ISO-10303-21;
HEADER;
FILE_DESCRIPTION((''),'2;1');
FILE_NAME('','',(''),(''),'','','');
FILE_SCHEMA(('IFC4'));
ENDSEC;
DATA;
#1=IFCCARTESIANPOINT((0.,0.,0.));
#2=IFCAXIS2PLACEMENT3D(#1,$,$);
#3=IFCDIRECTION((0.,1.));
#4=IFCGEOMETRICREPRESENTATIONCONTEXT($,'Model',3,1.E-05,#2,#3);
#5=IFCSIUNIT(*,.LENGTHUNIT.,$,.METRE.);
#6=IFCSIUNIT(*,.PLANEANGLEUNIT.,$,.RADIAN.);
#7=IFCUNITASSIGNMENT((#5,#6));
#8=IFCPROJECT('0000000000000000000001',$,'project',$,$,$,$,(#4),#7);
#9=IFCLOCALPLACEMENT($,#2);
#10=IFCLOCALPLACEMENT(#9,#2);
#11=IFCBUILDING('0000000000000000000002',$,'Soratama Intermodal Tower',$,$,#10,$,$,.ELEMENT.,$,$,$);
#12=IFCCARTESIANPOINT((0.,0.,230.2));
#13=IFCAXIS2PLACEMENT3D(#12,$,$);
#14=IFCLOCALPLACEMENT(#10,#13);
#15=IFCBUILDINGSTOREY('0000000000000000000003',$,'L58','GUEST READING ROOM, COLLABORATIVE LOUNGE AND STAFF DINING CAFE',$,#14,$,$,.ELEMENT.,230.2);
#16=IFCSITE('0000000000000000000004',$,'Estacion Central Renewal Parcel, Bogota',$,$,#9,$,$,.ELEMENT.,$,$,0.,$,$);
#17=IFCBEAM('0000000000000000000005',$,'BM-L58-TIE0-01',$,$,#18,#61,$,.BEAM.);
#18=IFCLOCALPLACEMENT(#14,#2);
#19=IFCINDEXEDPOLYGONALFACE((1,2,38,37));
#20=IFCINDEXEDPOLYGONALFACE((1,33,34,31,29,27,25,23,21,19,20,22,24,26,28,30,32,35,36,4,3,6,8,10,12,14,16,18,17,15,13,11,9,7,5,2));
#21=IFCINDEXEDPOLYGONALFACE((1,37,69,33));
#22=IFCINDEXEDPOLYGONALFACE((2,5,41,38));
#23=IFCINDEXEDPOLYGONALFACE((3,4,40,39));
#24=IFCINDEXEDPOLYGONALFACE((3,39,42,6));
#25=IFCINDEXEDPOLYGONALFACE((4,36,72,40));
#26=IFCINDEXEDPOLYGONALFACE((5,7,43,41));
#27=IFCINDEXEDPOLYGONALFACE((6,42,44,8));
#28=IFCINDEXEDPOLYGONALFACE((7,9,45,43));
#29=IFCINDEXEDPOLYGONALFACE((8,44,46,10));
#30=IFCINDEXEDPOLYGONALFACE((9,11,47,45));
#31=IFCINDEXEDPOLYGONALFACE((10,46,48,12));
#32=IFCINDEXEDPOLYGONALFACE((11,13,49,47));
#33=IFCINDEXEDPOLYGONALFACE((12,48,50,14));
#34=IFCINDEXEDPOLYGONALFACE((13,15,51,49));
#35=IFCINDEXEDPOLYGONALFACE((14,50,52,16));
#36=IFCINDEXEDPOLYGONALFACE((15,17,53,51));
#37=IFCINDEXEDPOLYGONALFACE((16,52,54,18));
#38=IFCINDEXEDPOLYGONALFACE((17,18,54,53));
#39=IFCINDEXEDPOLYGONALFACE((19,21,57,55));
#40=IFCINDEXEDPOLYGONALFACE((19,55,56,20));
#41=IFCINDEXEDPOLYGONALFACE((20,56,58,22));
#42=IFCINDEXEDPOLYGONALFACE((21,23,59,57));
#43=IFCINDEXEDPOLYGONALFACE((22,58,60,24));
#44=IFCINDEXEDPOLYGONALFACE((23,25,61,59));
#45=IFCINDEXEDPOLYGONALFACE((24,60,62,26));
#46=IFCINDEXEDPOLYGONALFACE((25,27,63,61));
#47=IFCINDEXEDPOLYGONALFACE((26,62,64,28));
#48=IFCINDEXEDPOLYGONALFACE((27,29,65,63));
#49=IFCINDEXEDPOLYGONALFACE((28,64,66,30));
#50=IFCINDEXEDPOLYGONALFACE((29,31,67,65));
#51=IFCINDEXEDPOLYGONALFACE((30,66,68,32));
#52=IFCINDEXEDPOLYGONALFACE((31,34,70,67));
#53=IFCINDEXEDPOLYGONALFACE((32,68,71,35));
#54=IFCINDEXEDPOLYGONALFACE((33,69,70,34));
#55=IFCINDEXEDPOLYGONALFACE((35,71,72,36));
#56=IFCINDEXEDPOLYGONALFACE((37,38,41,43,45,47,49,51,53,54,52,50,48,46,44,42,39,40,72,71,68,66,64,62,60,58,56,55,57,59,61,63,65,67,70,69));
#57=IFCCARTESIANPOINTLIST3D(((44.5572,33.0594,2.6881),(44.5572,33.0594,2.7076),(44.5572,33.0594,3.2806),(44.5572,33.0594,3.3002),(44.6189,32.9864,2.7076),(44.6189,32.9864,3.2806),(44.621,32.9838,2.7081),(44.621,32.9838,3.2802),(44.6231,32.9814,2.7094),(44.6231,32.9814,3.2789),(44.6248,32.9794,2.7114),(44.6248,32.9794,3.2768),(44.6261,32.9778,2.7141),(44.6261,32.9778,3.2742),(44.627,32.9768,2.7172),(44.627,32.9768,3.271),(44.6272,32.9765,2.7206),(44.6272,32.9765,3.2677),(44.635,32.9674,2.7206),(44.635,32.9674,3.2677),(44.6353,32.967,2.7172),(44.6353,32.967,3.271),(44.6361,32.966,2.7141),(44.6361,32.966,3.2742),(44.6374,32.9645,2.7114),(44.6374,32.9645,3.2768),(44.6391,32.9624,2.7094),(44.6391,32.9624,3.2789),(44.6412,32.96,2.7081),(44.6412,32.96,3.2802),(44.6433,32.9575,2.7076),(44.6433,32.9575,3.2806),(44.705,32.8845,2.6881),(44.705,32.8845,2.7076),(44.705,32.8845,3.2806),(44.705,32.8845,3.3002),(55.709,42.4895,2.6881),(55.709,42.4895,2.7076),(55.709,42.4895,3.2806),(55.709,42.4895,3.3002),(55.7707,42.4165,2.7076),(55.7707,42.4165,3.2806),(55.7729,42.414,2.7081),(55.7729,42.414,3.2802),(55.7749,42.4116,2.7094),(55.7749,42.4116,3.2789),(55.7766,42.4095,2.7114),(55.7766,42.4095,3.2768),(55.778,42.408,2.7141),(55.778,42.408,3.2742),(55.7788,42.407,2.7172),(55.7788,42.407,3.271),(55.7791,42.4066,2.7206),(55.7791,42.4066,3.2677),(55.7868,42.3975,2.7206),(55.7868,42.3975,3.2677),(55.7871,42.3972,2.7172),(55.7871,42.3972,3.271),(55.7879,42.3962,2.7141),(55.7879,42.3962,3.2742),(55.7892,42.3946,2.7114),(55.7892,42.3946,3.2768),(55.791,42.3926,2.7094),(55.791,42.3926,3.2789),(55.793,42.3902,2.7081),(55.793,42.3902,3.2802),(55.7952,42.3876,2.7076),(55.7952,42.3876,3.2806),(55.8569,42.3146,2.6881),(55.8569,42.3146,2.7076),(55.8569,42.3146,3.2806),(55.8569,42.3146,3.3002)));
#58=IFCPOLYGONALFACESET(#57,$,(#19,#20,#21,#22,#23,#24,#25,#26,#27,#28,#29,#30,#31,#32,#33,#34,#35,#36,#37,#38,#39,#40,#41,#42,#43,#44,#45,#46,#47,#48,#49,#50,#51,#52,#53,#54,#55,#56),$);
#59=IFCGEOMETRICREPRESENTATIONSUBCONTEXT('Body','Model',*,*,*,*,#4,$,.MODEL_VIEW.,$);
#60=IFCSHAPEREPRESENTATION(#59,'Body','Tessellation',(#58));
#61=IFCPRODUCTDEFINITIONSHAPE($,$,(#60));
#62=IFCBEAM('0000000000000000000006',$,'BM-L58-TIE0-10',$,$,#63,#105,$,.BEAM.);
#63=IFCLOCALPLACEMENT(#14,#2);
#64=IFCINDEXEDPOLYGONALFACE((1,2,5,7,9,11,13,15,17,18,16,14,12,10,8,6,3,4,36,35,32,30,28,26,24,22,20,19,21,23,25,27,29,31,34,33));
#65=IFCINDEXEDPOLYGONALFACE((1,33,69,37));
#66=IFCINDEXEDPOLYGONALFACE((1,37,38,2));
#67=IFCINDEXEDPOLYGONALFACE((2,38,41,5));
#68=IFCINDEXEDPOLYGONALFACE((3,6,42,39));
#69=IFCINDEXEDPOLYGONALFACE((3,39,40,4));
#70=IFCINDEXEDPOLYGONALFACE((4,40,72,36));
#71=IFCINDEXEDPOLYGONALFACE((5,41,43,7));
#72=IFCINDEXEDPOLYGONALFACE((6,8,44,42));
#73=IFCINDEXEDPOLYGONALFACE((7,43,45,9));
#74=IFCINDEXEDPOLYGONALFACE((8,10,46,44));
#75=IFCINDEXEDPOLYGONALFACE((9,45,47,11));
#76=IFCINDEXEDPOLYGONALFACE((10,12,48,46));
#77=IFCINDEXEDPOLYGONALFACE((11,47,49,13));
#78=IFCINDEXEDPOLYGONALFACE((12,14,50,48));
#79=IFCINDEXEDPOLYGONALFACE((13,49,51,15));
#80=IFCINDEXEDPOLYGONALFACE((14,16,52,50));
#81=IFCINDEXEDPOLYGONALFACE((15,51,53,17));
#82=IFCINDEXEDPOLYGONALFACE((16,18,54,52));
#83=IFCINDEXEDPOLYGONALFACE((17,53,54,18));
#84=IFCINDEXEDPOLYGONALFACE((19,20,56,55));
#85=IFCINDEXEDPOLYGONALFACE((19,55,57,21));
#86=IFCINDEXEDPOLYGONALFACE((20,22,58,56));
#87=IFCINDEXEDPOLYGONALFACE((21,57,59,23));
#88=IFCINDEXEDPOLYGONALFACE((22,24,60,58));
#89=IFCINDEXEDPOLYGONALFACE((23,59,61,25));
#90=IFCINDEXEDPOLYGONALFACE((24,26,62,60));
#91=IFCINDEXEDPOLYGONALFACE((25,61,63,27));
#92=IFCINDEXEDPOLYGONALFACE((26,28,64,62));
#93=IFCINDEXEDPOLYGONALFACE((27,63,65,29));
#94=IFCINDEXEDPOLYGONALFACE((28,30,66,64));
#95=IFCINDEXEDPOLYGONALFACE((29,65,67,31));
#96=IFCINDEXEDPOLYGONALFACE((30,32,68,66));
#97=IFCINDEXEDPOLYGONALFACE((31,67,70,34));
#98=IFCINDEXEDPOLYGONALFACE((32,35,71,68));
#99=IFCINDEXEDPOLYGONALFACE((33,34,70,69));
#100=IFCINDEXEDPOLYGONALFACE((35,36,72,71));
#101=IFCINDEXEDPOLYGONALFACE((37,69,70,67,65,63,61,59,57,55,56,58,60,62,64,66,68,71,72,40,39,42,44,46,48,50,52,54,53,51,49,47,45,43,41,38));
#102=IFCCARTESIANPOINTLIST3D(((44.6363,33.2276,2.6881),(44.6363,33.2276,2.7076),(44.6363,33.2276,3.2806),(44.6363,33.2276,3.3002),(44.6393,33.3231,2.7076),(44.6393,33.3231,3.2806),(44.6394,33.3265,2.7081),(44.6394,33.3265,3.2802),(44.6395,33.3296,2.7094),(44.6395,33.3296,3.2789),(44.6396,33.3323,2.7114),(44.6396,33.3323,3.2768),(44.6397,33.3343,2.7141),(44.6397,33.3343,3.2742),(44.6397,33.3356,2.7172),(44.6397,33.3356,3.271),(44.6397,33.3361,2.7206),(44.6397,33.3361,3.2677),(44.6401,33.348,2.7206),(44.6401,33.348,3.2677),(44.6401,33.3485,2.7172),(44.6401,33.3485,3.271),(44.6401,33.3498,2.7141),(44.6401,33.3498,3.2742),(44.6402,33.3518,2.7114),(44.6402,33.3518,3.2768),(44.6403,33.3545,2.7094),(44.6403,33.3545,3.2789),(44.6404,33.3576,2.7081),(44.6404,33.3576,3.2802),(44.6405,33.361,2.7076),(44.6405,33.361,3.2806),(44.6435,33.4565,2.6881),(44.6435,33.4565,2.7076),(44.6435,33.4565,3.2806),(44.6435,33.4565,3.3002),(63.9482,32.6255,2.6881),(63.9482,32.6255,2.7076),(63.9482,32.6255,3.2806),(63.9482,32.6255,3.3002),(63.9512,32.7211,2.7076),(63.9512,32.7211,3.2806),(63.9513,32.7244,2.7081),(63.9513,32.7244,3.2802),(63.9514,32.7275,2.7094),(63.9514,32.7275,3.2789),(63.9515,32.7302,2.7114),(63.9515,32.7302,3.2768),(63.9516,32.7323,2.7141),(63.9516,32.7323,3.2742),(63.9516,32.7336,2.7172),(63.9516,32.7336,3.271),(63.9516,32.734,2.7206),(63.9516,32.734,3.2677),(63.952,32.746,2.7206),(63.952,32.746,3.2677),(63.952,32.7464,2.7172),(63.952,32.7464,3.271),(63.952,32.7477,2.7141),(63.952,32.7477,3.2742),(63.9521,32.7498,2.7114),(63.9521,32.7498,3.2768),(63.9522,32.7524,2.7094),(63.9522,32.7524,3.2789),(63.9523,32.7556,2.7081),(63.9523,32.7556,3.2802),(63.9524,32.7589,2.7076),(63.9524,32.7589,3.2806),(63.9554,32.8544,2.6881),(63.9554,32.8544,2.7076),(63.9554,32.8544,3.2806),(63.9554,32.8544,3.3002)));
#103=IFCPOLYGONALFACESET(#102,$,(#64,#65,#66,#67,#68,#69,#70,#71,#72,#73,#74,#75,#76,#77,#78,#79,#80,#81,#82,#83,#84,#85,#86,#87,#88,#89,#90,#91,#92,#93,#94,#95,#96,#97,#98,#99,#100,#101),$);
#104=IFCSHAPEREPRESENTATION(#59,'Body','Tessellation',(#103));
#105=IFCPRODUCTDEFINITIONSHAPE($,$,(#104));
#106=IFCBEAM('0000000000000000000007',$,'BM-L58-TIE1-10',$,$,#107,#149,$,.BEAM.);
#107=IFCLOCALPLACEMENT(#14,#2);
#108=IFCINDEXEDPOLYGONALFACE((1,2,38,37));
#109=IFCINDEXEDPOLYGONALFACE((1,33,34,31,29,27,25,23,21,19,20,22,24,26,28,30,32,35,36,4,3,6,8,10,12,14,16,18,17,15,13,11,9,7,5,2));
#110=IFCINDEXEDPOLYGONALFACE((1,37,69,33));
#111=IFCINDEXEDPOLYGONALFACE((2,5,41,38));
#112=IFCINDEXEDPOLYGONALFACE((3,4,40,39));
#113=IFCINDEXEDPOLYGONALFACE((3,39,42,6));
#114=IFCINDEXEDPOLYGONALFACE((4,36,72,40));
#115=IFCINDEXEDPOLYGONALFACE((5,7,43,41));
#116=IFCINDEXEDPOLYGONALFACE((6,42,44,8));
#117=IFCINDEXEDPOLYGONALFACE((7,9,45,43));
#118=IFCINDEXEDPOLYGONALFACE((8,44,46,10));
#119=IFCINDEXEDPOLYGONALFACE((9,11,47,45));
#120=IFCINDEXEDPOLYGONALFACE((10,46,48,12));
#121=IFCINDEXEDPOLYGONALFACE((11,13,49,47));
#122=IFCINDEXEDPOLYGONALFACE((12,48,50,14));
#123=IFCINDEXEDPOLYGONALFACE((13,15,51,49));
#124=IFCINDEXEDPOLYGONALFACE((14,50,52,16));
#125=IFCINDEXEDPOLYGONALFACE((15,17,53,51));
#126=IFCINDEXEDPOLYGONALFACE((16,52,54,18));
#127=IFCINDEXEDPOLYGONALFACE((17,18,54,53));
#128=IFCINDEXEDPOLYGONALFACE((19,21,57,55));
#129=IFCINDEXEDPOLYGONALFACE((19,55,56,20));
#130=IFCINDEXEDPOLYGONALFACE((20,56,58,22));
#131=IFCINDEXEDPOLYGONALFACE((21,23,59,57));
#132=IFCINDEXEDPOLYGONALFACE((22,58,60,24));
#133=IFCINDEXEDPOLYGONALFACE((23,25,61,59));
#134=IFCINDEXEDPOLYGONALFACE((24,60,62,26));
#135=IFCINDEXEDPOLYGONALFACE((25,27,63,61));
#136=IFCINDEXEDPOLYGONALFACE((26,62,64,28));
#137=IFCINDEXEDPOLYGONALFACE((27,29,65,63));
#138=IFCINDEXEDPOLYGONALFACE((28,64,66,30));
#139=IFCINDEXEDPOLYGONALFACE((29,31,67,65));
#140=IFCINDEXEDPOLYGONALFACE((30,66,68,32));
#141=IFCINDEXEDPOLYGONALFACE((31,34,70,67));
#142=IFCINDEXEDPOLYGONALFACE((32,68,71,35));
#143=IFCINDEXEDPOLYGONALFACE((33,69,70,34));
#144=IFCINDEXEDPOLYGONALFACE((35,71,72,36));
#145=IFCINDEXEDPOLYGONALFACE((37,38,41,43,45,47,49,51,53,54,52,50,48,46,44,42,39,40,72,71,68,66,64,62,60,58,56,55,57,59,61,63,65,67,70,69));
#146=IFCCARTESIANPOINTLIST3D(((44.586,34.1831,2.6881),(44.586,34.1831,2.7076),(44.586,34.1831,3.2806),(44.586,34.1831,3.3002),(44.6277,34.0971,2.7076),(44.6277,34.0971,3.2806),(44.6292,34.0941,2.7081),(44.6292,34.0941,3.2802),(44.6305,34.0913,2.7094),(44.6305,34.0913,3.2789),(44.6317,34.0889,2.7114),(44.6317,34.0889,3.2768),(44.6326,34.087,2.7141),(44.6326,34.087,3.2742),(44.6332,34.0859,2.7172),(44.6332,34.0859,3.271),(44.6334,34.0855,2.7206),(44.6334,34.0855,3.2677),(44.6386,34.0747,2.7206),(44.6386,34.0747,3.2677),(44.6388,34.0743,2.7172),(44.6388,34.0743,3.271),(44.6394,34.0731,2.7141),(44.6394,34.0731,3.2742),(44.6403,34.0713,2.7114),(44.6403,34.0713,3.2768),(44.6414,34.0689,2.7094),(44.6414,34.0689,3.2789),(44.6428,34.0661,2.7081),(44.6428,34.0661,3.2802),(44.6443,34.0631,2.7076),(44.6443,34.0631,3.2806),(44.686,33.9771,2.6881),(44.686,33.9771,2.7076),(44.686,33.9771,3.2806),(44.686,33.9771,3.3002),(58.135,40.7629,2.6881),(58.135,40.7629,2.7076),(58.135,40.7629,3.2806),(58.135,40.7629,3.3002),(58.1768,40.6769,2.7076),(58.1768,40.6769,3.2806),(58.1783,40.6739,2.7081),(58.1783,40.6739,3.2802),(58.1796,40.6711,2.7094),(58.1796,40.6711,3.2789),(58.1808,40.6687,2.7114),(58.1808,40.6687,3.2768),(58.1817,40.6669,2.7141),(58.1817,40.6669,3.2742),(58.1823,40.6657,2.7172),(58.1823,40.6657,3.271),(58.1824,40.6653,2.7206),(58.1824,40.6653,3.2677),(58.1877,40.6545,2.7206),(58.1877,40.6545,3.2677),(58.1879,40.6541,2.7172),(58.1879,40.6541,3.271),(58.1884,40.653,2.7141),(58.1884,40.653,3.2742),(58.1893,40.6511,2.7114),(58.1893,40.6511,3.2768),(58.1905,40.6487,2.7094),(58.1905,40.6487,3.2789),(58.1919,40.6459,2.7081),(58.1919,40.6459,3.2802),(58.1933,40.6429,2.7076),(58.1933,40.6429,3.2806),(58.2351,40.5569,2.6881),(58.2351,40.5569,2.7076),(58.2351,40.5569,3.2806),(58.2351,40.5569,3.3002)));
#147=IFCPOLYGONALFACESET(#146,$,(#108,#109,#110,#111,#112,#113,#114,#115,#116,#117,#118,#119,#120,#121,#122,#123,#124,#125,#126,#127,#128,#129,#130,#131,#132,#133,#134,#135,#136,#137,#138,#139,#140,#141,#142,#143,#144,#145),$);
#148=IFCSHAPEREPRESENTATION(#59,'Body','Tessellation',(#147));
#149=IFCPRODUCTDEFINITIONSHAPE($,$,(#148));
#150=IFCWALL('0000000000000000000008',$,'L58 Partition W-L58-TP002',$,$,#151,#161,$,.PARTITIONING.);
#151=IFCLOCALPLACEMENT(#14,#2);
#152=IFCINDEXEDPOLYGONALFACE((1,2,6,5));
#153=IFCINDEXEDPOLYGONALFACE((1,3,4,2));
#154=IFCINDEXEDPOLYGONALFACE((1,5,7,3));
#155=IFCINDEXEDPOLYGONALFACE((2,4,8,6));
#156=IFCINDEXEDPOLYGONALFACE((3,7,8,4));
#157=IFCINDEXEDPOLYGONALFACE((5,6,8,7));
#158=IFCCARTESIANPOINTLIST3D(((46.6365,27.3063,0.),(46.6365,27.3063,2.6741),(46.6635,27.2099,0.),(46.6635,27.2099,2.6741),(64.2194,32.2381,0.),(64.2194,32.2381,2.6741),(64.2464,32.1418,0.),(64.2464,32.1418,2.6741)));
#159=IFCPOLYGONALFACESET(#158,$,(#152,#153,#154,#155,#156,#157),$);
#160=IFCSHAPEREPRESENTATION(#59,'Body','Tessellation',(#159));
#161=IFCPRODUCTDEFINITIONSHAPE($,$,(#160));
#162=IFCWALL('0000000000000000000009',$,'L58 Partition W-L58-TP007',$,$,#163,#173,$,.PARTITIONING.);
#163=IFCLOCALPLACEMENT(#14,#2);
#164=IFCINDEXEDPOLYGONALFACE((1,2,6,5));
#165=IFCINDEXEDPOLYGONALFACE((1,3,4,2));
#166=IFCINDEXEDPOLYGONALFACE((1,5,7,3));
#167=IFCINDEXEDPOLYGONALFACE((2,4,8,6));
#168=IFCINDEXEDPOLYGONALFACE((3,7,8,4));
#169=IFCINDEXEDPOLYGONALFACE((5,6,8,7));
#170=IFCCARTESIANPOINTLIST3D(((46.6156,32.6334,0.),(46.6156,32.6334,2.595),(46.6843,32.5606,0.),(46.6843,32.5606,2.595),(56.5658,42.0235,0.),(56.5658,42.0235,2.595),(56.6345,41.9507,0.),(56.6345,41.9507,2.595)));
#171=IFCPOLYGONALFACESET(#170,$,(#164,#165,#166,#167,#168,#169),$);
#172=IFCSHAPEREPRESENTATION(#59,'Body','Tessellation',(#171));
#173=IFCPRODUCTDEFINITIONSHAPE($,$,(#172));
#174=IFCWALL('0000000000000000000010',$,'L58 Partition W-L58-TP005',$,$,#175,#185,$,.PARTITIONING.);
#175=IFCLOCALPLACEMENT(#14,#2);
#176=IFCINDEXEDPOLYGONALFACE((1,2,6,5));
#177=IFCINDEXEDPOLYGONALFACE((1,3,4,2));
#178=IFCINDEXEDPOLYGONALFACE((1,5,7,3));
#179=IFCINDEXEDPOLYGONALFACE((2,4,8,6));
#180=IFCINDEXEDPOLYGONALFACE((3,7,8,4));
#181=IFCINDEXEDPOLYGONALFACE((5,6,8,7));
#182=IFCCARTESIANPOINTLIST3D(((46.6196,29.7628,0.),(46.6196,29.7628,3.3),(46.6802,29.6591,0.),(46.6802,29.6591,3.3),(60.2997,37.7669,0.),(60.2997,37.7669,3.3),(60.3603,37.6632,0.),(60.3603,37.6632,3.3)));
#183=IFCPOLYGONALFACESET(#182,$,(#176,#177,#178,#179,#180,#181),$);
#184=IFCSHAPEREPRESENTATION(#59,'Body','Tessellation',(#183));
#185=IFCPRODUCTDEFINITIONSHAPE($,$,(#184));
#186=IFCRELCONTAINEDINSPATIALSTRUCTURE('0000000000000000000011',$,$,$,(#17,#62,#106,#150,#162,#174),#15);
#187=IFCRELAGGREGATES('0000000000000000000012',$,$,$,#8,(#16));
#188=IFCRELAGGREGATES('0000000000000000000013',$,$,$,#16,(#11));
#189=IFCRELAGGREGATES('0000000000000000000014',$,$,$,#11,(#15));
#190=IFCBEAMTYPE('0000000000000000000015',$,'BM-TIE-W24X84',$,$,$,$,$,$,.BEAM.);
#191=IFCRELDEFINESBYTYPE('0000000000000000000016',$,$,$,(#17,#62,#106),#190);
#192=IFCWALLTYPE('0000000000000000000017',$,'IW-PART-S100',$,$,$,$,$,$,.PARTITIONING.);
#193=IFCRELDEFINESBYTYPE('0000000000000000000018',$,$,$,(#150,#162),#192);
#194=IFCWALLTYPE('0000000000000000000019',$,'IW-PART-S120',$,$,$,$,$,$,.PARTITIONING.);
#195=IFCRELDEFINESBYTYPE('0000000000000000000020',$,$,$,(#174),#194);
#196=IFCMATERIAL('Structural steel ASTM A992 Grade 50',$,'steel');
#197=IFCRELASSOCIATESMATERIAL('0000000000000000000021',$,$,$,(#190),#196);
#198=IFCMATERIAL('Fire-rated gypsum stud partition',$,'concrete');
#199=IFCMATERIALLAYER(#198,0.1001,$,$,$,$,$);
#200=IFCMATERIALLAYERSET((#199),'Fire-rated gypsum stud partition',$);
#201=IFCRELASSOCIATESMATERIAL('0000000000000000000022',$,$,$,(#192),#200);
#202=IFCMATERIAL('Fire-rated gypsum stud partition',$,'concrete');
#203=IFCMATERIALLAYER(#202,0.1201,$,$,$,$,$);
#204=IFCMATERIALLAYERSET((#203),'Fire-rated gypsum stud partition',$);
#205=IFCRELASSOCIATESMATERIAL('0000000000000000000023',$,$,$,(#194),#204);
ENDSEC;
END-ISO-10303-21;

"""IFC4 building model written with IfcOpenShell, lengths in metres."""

from ifc_helpers import new_model, si_unit, direction, frame, frame_2d, origin, origin_2d, place, context, subcontext, project, spatial, rectangle, i_section, extrude, material, layer, layer_set, material_profile, profile_set, type_object, element, save


model = new_model("IFC4")

# Units and contexts
model_context = context("Model", 3, precision=1e-05, world=origin(), true_north=direction((0.0, 1.0)))
body_context = subcontext(model_context, "Body", "Model", "MODEL_VIEW")
ifc_project = project(units=[si_unit("LENGTHUNIT", "METRE"), si_unit("PLANEANGLEUNIT", "RADIAN")], contexts=[model_context])

# Site, building, storey
site_placement = place(None, origin())
site = spatial("IfcSite", under=ifc_project, at=site_placement, Name="Estacion Central Renewal Parcel, Bogota", CompositionType="ELEMENT", RefElevation=0.0)
building_placement = place(site_placement, origin())
building = spatial("IfcBuilding", under=site, at=building_placement, Name="Soratama Intermodal Tower", CompositionType="ELEMENT")
storey_placement = place(building_placement, frame((0.0, 0.0, 230.2)))
storey = spatial("IfcBuildingStorey", under=building, at=storey_placement, Name="L58", Description="GUEST READING ROOM, COLLABORATIVE LOUNGE AND STAFF DINING CAFE", CompositionType="ELEMENT", Elevation=230.2)

# Beams
ifc_material_1 = material(Name="Structural steel ASTM A992 Grade 50", Category="steel")
ifc_material_profile_1 = material_profile(ifc_material_1, i_section(OverallWidth=0.229, OverallDepth=0.6121, WebThickness=0.012, FlangeThickness=0.0195, FilletRadius=0.0129, at=origin_2d()), Name="W24X84")
ifc_profile_set_1 = profile_set([ifc_material_profile_1], Name="Structural steel ASTM A992 Grade 50")
beam_type_1 = type_object("IfcBeamType", Name="BM-TIE-W24X84", PredefinedType="BEAM", material=ifc_profile_set_1)
beam_1_placement = place(storey_placement, frame((44.6311, 32.9719, 2.9941), z_axis=(0.763589, 0.645702, 0.0), x_axis=(-0.645702, 0.763589, 0.0)))
element("IfcBeam", 1, at=beam_1_placement, inside=storey, type_object=beam_type_1, Name="BM-L58-TIE0-01", PredefinedType="BEAM", context=body_context, shape_type="SweptSolid", body=[
    extrude(i_section(OverallWidth=0.229, OverallDepth=0.6121, WebThickness=0.012, FlangeThickness=0.0195, FilletRadius=0.0129, at=origin_2d()), origin(), (0.0, 0.0, 1.0), 14.6045),
])
beam_2_placement = place(storey_placement, frame((44.6399, 33.342, 2.9941), z_axis=(0.999514, -0.03116, 0.0), x_axis=(0.03116, 0.999514, 0.0)))
element("IfcBeam", 2, at=beam_2_placement, inside=storey, type_object=beam_type_1, Name="BM-L58-TIE0-10", PredefinedType="BEAM", context=body_context, shape_type="SweptSolid", body=[
    extrude(i_section(OverallWidth=0.229, OverallDepth=0.6121, WebThickness=0.012, FlangeThickness=0.0195, FilletRadius=0.0129, at=origin_2d()), origin(), (0.0, 0.0, 1.0), 19.3213),
])
beam_3_placement = place(storey_placement, frame((44.636, 34.0801, 2.9941), z_axis=(0.899538, 0.436843, 0.0), x_axis=(-0.436843, 0.899538, 0.0)))
element("IfcBeam", 3, at=beam_3_placement, inside=storey, type_object=beam_type_1, Name="BM-L58-TIE1-10", PredefinedType="BEAM", context=body_context, shape_type="SweptSolid", body=[
    extrude(i_section(OverallWidth=0.229, OverallDepth=0.6121, WebThickness=0.012, FlangeThickness=0.0195, FilletRadius=0.0129, at=origin_2d()), origin(), (0.0, 0.0, 1.0), 15.0623),
])

# Walls
ifc_material_2 = material(Name="Fire-rated gypsum stud partition", Category="concrete")
ifc_layer_1 = layer(ifc_material_2, 0.1001)
ifc_layer_set_1 = layer_set([ifc_layer_1], Name="Fire-rated gypsum stud partition")
wall_type_1 = type_object("IfcWallType", Name="IW-PART-S100", PredefinedType="PARTITIONING", material=ifc_layer_set_1)
wall_1_placement = place(storey_placement, frame((46.6499, 27.2581, 0.0), z_axis=(0.0, 0.0, 1.0), x_axis=(0.962841, 0.270069, 0.0)))
element("IfcWall", 4, at=wall_1_placement, inside=storey, type_object=wall_type_1, Name="L58 Partition W-L58-TP002", PredefinedType="PARTITIONING", context=body_context, shape_type="SweptSolid", body=[
    extrude(rectangle(XDim=18.2615, YDim=0.1001, at=frame_2d((9.1309, 0.0))), origin(), (0.0, 0.0, 1.0), 2.6741),
])
wall_2_placement = place(storey_placement, frame((46.6499, 32.5969, 0.0), z_axis=(0.0, 0.0, 1.0), x_axis=(0.727278, 0.686343, 0.0)))
element("IfcWall", 5, at=wall_2_placement, inside=storey, type_object=wall_type_1, Name="L58 Partition W-L58-TP007", PredefinedType="PARTITIONING", context=body_context, shape_type="SweptSolid", body=[
    extrude(rectangle(XDim=13.6814, YDim=0.1001, at=frame_2d((6.8408, 0.0))), origin(), (0.0, 0.0, 1.0), 2.595),
])
ifc_material_3 = material(Name="Fire-rated gypsum stud partition", Category="concrete")
ifc_layer_2 = layer(ifc_material_3, 0.1201)
ifc_layer_set_2 = layer_set([ifc_layer_2], Name="Fire-rated gypsum stud partition")
wall_type_2 = type_object("IfcWallType", Name="IW-PART-S120", PredefinedType="PARTITIONING", material=ifc_layer_set_2)
wall_3_placement = place(storey_placement, frame((46.6499, 29.7109, 0.0), z_axis=(0.0, 0.0, 1.0), x_axis=(0.863118, 0.505003, 0.0)))
element("IfcWall", 6, at=wall_3_placement, inside=storey, type_object=wall_type_2, Name="L58 Partition W-L58-TP005", PredefinedType="PARTITIONING", context=body_context, shape_type="SweptSolid", body=[
    extrude(rectangle(XDim=15.8496, YDim=0.1201, at=frame_2d((7.9248, 0.0))), origin(), (0.0, 0.0, 1.0), 3.3),
])

save(model, "model.ifc")
